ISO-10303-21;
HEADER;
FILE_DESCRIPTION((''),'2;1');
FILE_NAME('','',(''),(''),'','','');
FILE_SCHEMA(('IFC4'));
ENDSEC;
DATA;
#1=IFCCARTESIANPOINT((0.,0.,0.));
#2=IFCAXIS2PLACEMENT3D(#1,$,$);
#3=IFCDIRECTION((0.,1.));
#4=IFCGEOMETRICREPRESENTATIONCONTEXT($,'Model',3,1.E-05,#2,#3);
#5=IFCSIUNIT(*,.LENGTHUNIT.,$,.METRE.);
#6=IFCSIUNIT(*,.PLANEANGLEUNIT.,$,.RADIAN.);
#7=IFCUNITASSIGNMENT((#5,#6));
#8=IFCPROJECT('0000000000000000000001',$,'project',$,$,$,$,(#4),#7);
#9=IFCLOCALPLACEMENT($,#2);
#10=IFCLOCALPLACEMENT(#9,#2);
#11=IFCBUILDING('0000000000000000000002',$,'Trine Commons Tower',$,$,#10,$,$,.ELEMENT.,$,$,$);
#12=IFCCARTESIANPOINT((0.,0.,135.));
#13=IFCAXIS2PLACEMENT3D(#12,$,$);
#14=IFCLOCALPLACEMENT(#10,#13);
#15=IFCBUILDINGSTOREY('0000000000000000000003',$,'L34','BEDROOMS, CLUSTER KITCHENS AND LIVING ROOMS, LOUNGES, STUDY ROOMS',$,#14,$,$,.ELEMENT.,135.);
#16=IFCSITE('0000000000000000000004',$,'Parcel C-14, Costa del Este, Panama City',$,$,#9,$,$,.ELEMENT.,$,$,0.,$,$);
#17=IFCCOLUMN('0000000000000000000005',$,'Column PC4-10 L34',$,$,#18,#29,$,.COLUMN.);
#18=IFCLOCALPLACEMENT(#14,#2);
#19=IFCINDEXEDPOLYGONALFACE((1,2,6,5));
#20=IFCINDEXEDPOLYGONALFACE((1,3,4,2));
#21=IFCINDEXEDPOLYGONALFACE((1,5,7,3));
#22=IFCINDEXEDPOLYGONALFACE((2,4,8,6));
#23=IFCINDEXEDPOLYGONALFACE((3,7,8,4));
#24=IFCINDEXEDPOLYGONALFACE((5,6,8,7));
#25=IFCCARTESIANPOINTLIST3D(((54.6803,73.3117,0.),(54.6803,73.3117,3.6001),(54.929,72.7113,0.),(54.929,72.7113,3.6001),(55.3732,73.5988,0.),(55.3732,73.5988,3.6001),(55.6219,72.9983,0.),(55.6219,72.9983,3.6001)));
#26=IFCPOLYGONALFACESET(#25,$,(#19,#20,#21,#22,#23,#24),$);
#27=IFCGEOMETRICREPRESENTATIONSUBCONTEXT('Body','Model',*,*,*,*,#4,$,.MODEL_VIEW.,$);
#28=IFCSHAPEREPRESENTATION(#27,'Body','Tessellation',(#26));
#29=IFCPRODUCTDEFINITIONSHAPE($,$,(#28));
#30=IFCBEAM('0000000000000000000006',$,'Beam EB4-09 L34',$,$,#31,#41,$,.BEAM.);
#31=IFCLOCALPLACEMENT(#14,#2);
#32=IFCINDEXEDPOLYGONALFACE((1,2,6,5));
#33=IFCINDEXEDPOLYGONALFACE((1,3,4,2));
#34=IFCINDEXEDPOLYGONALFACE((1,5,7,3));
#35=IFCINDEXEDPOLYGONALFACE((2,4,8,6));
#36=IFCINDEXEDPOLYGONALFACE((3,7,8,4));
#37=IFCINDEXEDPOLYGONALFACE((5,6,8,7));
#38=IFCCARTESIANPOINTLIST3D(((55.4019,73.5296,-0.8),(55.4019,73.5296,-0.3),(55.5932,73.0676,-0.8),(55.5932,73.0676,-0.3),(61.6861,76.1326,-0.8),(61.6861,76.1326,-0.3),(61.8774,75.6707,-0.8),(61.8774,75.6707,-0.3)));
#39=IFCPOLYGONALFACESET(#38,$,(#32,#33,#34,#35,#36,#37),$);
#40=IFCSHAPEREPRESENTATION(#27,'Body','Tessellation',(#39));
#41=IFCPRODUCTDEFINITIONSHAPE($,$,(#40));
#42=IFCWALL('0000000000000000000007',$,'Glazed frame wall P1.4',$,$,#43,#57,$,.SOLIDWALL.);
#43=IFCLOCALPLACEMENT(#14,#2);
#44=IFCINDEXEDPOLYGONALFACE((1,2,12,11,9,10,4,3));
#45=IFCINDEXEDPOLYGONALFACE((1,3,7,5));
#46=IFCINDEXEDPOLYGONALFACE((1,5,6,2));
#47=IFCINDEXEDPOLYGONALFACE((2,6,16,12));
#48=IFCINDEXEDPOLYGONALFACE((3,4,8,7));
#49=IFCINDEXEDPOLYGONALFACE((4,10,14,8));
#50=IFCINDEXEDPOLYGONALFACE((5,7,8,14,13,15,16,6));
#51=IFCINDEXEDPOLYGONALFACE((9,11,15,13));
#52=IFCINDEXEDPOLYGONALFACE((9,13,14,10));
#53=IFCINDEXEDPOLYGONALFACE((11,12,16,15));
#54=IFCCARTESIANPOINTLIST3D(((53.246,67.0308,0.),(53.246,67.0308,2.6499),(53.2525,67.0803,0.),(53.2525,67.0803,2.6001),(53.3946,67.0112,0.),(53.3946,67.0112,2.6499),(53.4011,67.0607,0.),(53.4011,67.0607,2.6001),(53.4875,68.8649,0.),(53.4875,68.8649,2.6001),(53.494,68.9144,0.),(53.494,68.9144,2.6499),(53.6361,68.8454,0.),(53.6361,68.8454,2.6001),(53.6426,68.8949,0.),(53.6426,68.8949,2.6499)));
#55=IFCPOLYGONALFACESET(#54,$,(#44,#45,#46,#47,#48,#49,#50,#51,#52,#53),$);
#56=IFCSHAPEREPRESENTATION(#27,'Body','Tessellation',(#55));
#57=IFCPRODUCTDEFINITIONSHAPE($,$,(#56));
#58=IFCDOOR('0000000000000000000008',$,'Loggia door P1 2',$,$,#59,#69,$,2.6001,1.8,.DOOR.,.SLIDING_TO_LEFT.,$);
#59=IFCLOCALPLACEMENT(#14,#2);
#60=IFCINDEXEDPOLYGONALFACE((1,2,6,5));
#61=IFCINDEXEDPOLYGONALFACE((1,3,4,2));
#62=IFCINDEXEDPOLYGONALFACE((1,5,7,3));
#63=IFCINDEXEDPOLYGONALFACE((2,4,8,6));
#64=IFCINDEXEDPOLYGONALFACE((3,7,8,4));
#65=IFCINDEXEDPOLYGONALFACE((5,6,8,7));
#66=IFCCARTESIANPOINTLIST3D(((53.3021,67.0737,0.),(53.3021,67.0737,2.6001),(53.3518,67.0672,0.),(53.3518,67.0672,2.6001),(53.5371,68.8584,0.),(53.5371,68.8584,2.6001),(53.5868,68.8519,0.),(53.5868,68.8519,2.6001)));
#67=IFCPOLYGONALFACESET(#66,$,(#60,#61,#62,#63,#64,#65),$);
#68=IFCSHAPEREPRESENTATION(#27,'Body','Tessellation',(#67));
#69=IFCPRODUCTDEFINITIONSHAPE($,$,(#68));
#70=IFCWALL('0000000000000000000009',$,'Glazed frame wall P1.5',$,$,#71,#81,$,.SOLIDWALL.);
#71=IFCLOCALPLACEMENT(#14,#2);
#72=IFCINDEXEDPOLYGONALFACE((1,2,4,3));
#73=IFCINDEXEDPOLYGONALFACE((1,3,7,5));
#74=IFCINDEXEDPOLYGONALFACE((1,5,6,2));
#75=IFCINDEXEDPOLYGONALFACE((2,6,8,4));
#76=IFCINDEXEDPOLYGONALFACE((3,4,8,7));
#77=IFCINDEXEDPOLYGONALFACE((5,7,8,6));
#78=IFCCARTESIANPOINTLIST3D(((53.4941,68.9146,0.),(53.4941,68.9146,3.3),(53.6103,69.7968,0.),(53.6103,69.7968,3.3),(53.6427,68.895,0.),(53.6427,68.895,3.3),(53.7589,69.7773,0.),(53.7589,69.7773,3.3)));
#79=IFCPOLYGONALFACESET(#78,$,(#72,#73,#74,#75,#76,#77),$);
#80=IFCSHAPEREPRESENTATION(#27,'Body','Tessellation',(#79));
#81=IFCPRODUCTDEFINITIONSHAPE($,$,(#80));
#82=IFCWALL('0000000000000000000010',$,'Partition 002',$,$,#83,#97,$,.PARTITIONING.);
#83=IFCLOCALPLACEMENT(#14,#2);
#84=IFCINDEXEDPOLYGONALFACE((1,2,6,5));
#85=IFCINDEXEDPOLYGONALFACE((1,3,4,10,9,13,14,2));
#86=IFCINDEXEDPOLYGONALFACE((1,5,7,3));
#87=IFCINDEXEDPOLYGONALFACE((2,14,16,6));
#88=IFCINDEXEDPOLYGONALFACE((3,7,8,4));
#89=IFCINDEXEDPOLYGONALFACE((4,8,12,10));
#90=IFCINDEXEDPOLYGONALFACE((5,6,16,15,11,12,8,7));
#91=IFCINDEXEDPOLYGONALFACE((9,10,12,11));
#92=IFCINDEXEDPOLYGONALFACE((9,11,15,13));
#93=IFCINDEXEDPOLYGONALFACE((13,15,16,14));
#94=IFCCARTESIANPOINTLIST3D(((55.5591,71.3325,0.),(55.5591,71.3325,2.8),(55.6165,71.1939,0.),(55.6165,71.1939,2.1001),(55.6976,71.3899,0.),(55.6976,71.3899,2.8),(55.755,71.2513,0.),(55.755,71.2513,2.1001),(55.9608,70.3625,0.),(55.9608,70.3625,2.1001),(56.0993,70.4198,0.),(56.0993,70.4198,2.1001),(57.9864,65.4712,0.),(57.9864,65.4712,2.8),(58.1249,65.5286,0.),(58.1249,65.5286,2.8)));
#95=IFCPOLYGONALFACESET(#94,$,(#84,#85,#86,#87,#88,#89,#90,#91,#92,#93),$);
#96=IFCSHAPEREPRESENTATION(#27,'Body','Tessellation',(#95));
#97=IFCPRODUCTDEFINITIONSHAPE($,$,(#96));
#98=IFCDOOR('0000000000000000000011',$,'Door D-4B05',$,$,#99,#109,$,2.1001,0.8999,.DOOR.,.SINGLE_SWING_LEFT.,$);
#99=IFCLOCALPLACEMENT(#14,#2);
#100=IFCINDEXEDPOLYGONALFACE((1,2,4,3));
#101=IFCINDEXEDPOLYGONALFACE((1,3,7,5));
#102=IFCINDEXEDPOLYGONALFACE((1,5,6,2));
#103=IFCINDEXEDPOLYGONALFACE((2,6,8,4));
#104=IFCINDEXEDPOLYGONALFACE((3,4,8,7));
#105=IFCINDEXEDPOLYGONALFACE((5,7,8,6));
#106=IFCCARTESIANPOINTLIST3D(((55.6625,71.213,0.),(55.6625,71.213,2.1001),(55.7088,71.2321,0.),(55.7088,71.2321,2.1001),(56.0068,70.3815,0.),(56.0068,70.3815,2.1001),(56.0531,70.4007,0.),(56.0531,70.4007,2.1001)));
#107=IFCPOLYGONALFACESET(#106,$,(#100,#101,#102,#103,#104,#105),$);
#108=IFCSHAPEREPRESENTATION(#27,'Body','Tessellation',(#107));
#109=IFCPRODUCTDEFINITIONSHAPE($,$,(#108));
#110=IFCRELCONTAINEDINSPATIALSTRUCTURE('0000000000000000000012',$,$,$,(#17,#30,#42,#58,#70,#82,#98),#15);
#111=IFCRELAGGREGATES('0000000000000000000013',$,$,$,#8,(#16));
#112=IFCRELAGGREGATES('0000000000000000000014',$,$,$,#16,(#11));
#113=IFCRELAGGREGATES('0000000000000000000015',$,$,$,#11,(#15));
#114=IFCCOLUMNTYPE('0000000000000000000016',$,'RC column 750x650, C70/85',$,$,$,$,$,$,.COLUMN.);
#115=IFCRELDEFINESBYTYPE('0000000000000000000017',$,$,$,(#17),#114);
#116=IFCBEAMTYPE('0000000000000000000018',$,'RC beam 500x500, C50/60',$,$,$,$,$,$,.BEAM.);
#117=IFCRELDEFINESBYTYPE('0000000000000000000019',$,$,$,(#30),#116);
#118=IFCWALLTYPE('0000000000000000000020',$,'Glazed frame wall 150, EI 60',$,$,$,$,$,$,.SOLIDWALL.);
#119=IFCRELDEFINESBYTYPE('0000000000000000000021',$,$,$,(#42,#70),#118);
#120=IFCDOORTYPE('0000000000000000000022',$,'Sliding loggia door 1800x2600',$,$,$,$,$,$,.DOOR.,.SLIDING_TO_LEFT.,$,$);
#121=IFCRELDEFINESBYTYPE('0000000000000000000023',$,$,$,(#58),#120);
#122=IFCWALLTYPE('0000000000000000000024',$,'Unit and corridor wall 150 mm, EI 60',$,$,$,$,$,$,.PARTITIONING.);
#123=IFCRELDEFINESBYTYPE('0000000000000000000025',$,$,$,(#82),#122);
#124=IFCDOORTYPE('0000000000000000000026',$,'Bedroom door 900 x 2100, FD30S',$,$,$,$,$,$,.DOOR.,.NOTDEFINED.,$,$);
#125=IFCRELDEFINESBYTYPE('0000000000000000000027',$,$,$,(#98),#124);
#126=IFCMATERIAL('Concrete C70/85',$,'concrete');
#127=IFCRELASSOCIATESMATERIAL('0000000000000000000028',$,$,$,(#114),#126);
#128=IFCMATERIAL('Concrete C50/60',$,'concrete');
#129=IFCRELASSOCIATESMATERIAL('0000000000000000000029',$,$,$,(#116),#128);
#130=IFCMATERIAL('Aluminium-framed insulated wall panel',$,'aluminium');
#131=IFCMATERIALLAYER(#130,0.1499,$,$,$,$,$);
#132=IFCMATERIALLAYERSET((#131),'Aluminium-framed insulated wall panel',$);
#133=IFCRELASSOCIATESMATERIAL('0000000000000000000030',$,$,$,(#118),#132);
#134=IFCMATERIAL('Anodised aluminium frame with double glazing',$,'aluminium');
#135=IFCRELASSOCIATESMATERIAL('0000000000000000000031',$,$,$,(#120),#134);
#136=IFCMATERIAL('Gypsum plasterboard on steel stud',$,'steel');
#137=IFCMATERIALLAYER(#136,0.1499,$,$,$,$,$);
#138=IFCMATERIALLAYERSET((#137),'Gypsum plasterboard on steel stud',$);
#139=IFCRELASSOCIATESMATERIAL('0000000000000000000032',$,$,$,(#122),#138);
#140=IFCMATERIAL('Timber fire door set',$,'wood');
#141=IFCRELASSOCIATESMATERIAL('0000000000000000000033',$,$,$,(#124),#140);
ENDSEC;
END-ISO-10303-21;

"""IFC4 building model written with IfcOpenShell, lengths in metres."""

from ifc_helpers import new_model, si_unit, direction, frame, frame_2d, origin, origin_2d, place, context, subcontext, project, spatial, polyline, rectangle, outline, extrude, material, layer, layer_set, material_profile, profile_set, type_object, element, fill, save


model = new_model("IFC4")

# Units and contexts
model_context = context("Model", 3, precision=1e-05, world=origin(), true_north=direction((0.0, 1.0)))
body_context = subcontext(model_context, "Body", "Model", "MODEL_VIEW")
ifc_project = project(units=[si_unit("LENGTHUNIT", "METRE"), si_unit("PLANEANGLEUNIT", "RADIAN")], contexts=[model_context])

# Site, building, storey
site_placement = place(None, origin())
site = spatial("IfcSite", under=ifc_project, at=site_placement, Name="Parcel C-14, Costa del Este, Panama City", CompositionType="ELEMENT", RefElevation=0.0)
building_placement = place(site_placement, origin())
building = spatial("IfcBuilding", under=site, at=building_placement, Name="Trine Commons Tower", CompositionType="ELEMENT")
storey_placement = place(building_placement, frame((0.0, 0.0, 135.0)))
storey = spatial("IfcBuildingStorey", under=building, at=storey_placement, Name="L34", Description="BEDROOMS, CLUSTER KITCHENS AND LIVING ROOMS, LOUNGES, STUDY ROOMS", CompositionType="ELEMENT", Elevation=135.0)

# Column
ifc_material_1 = material(Name="Concrete C70/85", Category="concrete")
ifc_material_profile_1 = material_profile(ifc_material_1, rectangle(XDim=0.75, YDim=0.6499, at=origin_2d()), Name="RC 750x650")
ifc_profile_set_1 = profile_set([ifc_material_profile_1], Name="Concrete C70/85")
column_type = type_object("IfcColumnType", Name="RC column 750x650, C70/85", PredefinedType="COLUMN", material=ifc_profile_set_1)
column_placement = place(storey_placement, frame((55.1511, 73.155, 0.0), z_axis=(0.0, 0.0, 1.0), x_axis=(0.92388, 0.382683, 0.0)))
element("IfcColumn", 1, at=column_placement, inside=storey, type_object=column_type, Name="Column PC4-10 L34", PredefinedType="COLUMN", context=body_context, shape_type="SweptSolid", body=[
    extrude(rectangle(XDim=0.75, YDim=0.6499, at=origin_2d()), origin(), (0.0, 0.0, 1.0), 3.6001),
])

# Beam
ifc_material_2 = material(Name="Concrete C50/60", Category="concrete")
ifc_material_profile_2 = material_profile(ifc_material_2, rectangle(XDim=0.5, YDim=0.5, at=origin_2d()), Name="RC 500x500")
ifc_profile_set_2 = profile_set([ifc_material_profile_2], Name="Concrete C50/60")
beam_type = type_object("IfcBeamType", Name="RC beam 500x500, C50/60", PredefinedType="BEAM", material=ifc_profile_set_2)
beam_placement = place(storey_placement, frame((55.4976, 73.2986, -0.55), z_axis=(0.923878, 0.382688, 0.0), x_axis=(-0.382688, 0.923878, 0.0)))
element("IfcBeam", 2, at=beam_placement, inside=storey, type_object=beam_type, Name="Beam EB4-09 L34", PredefinedType="BEAM", context=body_context, shape_type="SweptSolid", body=[
    extrude(rectangle(XDim=0.5, YDim=0.5, at=origin_2d()), origin(), (0.0, 0.0, 1.0), 6.802),
])

# Wall, opening, door
ifc_material_3 = material(Name="Aluminium-framed insulated wall panel", Category="aluminium")
ifc_layer_1 = layer(ifc_material_3, 0.1499)
ifc_layer_set_1 = layer_set([ifc_layer_1], Name="Aluminium-framed insulated wall panel")
wall_type_1 = type_object("IfcWallType", Name="Glazed frame wall 150, EI 60", PredefinedType="SOLIDWALL", material=ifc_layer_set_1)
wall_1_placement = place(storey_placement, frame((53.3203, 67.021, 0.0), z_axis=(0.0, 0.0, 1.0), x_axis=(0.130548, 0.991442, 0.0)))
wall_1 = element("IfcWall", 3, at=wall_1_placement, inside=storey, type_object=wall_type_1, Name="Glazed frame wall P1.4", PredefinedType="SOLIDWALL", context=body_context, shape_type="SweptSolid", body=[
    extrude(outline(polyline([(0.0, -0.075), (1.8999, -0.075), (1.8999, 0.075), (0.0, 0.075), (0.0, -0.075)])), origin(), (0.0, 0.0, 1.0), 2.6499),
])
opening_1_placement = place(wall_1_placement, frame((0.05, 0.0, 0.0)))
opening_1 = element("IfcOpeningElement", 4, at=opening_1_placement, cuts=wall_1, PredefinedType="OPENING", context=body_context, shape_type="SweptSolid", body=[
    extrude(rectangle(XDim=1.8, YDim=2.6001, at=frame_2d((0.8999, 1.3))), frame((0.0, 0.085, 0.0), z_axis=(0.0, -1.0, 0.0), x_axis=(1.0, 0.0, 0.0)), (0.0, 0.0, 1.0), 0.1699),
])
ifc_material_4 = material(Name="Anodised aluminium frame with double glazing", Category="aluminium")
door_type_1 = type_object("IfcDoorType", Name="Sliding loggia door 1800x2600", OperationType="SLIDING_TO_LEFT", PredefinedType="DOOR", material=ifc_material_4)
door_1_placement = place(opening_1_placement, origin())
door_1 = element("IfcDoor", 5, at=door_1_placement, inside=storey, type_object=door_type_1, Name="Loggia door P1 2", OperationType="SLIDING_TO_LEFT", OverallHeight=2.6001, OverallWidth=1.8, PredefinedType="DOOR", context=body_context, shape_type="SweptSolid", body=[
    extrude(rectangle(XDim=1.8, YDim=2.6001, at=frame_2d((0.8999, 1.3))), frame((0.0, 0.0249, 0.0), z_axis=(0.0, -1.0, 0.0), x_axis=(1.0, 0.0, 0.0)), (0.0, 0.0, 1.0), 0.05),
])
fill(opening_1, door_1)

# Wall
wall_2_placement = place(storey_placement, frame((53.5684, 68.9048, 0.0), z_axis=(0.0, 0.0, 1.0), x_axis=(0.130612, 0.991434, 0.0)))
element("IfcWall", 6, at=wall_2_placement, inside=storey, type_object=wall_type_1, Name="Glazed frame wall P1.5", PredefinedType="SOLIDWALL", context=body_context, shape_type="SweptSolid", body=[
    extrude(outline(polyline([(0.8899, 0.075), (0.0, 0.075), (0.0, -0.075), (0.8899, -0.075), (0.8899, 0.075)])), origin(), (0.0, 0.0, 1.0), 3.3),
])

# Wall, opening, door
ifc_material_5 = material(Name="Gypsum plasterboard on steel stud", Category="steel")
ifc_layer_2 = layer(ifc_material_5, 0.1499)
ifc_layer_set_2 = layer_set([ifc_layer_2], Name="Gypsum plasterboard on steel stud")
wall_type_2 = type_object("IfcWallType", Name="Unit and corridor wall 150 mm, EI 60", PredefinedType="PARTITIONING", material=ifc_layer_set_2)
wall_3_placement = place(storey_placement, frame((55.6284, 71.3611, 0.0), z_axis=(0.0, 0.0, 1.0), x_axis=(0.382603, -0.923913, 0.0)))
wall_3 = element("IfcWall", 7, at=wall_3_placement, inside=storey, type_object=wall_type_2, Name="Partition 002", PredefinedType="PARTITIONING", context=body_context, shape_type="SweptSolid", body=[
    extrude(rectangle(XDim=6.344, YDim=0.1499, at=frame_2d((3.1719, 0.0))), origin(), (0.0, 0.0, 1.0), 2.8),
])
opening_2_placement = place(wall_3_placement, frame((0.1499, 0.0, 0.0)))
opening_2 = element("IfcOpeningElement", 8, at=opening_2_placement, cuts=wall_3, PredefinedType="OPENING", context=body_context, shape_type="SweptSolid", body=[
    extrude(rectangle(XDim=0.8999, YDim=2.1001, at=frame_2d((0.45, 1.05))), frame((0.0, 0.085, 0.0), z_axis=(0.0, -1.0, 0.0), x_axis=(1.0, 0.0, 0.0)), (0.0, 0.0, 1.0), 0.1699),
])
ifc_material_6 = material(Name="Timber fire door set", Category="wood")
door_type_2 = type_object("IfcDoorType", Name="Bedroom door 900 x 2100, FD30S", OperationType="NOTDEFINED", PredefinedType="DOOR", material=ifc_material_6)
door_2_placement = place(opening_2_placement, origin())
door_2 = element("IfcDoor", 9, at=door_2_placement, inside=storey, type_object=door_type_2, Name="Door D-4B05", OperationType="SINGLE_SWING_LEFT", OverallHeight=2.1001, OverallWidth=0.8999, PredefinedType="DOOR", context=body_context, shape_type="SweptSolid", body=[
    extrude(rectangle(XDim=0.8999, YDim=2.1001, at=frame_2d((0.45, 1.05))), frame((0.0, 0.0249, 0.0), z_axis=(0.0, -1.0, 0.0), x_axis=(1.0, 0.0, 0.0)), (0.0, 0.0, 1.0), 0.05),
])
fill(opening_2, door_2)

save(model, "model.ifc")
